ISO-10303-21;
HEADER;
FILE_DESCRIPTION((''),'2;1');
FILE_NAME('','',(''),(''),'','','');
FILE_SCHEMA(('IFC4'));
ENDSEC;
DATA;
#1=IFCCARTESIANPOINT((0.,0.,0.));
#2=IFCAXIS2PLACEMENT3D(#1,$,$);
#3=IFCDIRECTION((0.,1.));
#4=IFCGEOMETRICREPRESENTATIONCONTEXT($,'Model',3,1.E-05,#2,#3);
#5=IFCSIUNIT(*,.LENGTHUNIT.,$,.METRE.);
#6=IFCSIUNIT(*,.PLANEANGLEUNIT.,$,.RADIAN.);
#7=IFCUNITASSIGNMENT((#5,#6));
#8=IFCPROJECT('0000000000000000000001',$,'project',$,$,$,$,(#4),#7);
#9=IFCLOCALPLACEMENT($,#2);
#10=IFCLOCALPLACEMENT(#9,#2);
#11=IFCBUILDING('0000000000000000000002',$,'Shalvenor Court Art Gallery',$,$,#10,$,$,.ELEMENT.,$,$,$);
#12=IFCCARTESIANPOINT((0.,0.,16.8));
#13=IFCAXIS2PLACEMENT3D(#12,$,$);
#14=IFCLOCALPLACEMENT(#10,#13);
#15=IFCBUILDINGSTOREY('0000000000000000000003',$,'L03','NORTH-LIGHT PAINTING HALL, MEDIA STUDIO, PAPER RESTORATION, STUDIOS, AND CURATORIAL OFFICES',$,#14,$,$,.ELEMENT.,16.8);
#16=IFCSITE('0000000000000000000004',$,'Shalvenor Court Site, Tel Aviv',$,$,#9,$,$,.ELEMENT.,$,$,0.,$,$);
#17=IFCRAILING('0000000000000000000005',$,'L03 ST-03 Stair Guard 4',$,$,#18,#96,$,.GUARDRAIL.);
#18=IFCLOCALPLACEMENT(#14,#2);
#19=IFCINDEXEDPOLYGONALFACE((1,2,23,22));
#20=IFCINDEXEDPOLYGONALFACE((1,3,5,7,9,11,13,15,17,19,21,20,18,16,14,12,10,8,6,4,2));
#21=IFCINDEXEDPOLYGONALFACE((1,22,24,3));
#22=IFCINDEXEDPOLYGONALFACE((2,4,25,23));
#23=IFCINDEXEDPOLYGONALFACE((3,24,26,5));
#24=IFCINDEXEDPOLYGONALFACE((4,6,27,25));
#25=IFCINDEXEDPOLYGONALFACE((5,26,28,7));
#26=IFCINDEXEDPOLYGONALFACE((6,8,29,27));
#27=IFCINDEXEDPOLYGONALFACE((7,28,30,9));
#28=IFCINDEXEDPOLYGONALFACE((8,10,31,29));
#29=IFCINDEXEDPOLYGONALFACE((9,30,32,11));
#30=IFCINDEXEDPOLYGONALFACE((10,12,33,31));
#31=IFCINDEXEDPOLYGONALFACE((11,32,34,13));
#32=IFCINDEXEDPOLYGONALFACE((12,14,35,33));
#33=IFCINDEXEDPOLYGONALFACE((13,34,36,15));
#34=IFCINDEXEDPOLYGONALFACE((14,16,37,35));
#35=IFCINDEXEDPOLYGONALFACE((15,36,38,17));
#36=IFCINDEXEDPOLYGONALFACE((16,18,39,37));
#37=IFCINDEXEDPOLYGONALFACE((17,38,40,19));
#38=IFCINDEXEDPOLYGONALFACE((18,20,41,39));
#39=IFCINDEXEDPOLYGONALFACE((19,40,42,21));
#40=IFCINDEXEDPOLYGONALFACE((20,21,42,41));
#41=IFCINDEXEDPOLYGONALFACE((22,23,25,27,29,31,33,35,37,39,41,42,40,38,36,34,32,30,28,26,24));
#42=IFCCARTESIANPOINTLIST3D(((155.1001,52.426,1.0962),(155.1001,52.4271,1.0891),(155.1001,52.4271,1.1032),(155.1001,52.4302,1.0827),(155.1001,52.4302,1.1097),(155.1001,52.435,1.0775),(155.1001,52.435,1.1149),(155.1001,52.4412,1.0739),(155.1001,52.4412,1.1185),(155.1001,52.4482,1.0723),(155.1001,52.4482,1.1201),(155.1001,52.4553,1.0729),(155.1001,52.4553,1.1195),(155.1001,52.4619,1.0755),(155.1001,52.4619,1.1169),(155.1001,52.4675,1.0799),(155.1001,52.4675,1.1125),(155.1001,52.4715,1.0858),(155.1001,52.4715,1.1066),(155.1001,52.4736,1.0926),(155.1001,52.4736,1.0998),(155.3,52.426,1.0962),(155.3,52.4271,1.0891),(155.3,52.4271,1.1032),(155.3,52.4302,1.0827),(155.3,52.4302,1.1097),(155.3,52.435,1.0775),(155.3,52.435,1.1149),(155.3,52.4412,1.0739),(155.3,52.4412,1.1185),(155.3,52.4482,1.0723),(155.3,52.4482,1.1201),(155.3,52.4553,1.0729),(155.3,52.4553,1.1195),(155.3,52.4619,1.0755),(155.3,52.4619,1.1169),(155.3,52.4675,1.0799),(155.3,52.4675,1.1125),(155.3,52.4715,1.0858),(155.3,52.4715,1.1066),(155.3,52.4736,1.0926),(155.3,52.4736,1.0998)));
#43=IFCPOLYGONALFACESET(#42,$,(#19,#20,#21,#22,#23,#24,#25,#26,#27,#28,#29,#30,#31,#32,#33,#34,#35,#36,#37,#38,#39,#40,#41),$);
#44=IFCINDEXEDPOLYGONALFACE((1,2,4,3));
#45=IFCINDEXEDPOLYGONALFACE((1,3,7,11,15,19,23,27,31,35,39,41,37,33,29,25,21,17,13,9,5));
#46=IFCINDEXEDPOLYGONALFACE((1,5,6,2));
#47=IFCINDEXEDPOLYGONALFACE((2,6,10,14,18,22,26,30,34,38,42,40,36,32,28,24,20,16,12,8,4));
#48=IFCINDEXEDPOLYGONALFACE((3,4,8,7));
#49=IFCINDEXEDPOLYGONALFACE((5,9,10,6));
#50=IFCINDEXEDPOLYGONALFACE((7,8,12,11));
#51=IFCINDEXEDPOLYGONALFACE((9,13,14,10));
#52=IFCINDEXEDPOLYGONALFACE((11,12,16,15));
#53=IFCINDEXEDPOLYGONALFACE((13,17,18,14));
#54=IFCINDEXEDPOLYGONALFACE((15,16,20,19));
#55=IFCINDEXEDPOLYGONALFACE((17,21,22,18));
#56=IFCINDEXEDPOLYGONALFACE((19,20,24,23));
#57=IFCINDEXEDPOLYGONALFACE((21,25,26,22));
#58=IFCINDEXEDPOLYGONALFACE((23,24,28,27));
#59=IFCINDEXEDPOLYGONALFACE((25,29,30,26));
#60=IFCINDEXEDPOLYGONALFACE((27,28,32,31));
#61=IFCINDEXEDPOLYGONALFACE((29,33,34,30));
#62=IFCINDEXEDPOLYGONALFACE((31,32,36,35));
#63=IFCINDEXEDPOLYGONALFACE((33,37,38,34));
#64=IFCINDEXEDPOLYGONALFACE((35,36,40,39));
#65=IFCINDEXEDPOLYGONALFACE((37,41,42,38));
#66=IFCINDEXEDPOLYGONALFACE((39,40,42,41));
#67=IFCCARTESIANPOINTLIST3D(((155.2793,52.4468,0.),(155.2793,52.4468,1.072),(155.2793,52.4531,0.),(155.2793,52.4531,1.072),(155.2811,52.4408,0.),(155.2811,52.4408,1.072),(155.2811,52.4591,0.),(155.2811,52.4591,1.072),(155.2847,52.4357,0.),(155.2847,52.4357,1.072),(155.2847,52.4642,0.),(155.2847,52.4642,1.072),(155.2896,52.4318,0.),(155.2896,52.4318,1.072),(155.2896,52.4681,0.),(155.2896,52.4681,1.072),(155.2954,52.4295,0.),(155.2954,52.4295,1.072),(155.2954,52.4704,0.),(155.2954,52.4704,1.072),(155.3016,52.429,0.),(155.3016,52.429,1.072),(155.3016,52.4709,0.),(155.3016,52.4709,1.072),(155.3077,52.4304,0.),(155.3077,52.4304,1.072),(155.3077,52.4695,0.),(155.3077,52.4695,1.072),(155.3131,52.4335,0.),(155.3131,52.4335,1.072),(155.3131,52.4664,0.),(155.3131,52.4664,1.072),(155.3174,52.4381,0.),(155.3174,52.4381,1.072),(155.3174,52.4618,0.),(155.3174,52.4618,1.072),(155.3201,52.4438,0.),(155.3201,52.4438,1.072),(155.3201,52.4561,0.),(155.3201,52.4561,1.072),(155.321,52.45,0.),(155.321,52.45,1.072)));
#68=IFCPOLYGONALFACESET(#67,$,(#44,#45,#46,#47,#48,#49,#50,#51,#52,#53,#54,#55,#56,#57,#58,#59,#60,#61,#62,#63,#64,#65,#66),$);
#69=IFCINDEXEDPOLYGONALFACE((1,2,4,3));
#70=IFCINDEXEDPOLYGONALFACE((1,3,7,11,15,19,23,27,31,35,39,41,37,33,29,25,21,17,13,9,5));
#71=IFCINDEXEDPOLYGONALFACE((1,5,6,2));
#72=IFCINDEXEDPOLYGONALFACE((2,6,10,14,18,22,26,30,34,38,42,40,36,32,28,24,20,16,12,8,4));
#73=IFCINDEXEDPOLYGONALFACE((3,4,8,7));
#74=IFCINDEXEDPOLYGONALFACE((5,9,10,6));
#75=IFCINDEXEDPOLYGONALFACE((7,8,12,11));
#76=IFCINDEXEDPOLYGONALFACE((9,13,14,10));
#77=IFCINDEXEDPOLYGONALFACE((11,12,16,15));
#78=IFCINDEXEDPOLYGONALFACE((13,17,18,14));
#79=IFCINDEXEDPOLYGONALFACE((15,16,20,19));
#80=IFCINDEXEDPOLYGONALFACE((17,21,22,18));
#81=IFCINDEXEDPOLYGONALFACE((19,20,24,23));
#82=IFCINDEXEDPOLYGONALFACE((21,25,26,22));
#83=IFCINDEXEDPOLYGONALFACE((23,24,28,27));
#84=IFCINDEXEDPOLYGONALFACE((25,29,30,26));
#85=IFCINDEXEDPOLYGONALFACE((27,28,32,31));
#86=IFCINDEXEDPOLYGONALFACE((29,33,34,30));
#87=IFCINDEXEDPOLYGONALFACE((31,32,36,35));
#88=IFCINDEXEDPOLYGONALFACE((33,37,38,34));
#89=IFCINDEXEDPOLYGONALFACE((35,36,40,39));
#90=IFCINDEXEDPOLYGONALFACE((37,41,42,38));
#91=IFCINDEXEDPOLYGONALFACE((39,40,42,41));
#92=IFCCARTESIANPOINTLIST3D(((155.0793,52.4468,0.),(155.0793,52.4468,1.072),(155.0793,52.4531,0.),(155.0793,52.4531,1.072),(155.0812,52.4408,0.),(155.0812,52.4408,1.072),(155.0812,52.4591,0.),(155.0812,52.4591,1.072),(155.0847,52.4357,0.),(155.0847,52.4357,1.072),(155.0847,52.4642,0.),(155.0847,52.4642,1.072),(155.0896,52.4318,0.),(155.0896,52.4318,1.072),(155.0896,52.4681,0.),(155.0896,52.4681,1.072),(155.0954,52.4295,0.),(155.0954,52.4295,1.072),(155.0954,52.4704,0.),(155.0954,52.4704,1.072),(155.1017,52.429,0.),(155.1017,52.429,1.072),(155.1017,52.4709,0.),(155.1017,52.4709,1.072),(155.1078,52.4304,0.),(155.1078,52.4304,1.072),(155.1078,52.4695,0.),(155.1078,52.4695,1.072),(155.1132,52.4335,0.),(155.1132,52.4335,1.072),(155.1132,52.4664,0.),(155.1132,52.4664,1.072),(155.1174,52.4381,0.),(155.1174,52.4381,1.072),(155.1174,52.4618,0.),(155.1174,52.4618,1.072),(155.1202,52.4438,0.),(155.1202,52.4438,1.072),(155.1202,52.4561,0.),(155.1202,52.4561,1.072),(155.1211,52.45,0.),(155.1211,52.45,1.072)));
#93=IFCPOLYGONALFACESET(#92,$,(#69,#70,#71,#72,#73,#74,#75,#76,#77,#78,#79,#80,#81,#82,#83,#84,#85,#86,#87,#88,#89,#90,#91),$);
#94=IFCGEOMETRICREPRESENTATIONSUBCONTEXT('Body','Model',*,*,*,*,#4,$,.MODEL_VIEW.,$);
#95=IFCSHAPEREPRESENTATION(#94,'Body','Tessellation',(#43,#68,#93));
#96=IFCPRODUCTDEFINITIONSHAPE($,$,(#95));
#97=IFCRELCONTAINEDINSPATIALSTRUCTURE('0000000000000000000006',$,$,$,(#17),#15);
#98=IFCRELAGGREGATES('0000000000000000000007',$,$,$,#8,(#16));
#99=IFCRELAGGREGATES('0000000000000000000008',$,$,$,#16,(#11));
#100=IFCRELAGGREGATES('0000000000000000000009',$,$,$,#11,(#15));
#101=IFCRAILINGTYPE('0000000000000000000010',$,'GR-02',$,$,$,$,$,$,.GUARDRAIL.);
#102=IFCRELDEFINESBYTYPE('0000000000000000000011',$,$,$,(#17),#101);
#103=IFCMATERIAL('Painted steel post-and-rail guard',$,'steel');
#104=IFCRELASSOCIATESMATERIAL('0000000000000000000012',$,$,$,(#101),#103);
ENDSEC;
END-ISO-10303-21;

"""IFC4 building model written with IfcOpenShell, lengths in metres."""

from ifc_helpers import new_model, si_unit, direction, frame, origin, origin_2d, place, context, subcontext, project, spatial, circle, extrude, material, type_object, element, save


model = new_model("IFC4")

# Units and contexts
model_context = context("Model", 3, precision=1e-05, world=origin(), true_north=direction((0.0, 1.0)))
body_context = subcontext(model_context, "Body", "Model", "MODEL_VIEW")
ifc_project = project(units=[si_unit("LENGTHUNIT", "METRE"), si_unit("PLANEANGLEUNIT", "RADIAN")], contexts=[model_context])

# Site, building, storey
site_placement = place(None, origin())
site = spatial("IfcSite", under=ifc_project, at=site_placement, Name="Shalvenor Court Site, Tel Aviv", CompositionType="ELEMENT", RefElevation=0.0)
building_placement = place(site_placement, origin())
building = spatial("IfcBuilding", under=site, at=building_placement, Name="Shalvenor Court Art Gallery", CompositionType="ELEMENT")
storey_placement = place(building_placement, frame((0.0, 0.0, 16.8)))
storey = spatial("IfcBuildingStorey", under=building, at=storey_placement, Name="L03", Description="NORTH-LIGHT PAINTING HALL, MEDIA STUDIO, PAPER RESTORATION, STUDIOS, AND CURATORIAL OFFICES", CompositionType="ELEMENT", Elevation=16.8)

# Railing
ifc_material_1 = material(Name="Painted steel post-and-rail guard", Category="steel")
railing_type_1 = type_object("IfcRailingType", Name="GR-02", PredefinedType="GUARDRAIL", material=ifc_material_1)
railing_1_placement = place(storey_placement, frame((155.3, 52.45, 0.0)))
element("IfcRailing", 1, at=railing_1_placement, inside=storey, type_object=railing_type_1, Name="L03 ST-03 Stair Guard 4", PredefinedType="GUARDRAIL", context=body_context, shape_type="SweptSolid", body=[
    extrude(circle(Radius=0.0239, at=origin_2d()), frame((0.0, 0.0, 1.0962), z_axis=(-1.0, 0.0, 0.0), x_axis=(0.0, -1.0, 0.0)), (0.0, 0.0, 1.0), 0.2),
    extrude(circle(Radius=0.021, at=origin_2d()), origin(), (0.0, 0.0, 1.0), 1.072),
    extrude(circle(Radius=0.021, at=origin_2d()), frame((-0.2, 0.0, 0.0)), (0.0, 0.0, 1.0), 1.072),
])

save(model, "model.ifc")
